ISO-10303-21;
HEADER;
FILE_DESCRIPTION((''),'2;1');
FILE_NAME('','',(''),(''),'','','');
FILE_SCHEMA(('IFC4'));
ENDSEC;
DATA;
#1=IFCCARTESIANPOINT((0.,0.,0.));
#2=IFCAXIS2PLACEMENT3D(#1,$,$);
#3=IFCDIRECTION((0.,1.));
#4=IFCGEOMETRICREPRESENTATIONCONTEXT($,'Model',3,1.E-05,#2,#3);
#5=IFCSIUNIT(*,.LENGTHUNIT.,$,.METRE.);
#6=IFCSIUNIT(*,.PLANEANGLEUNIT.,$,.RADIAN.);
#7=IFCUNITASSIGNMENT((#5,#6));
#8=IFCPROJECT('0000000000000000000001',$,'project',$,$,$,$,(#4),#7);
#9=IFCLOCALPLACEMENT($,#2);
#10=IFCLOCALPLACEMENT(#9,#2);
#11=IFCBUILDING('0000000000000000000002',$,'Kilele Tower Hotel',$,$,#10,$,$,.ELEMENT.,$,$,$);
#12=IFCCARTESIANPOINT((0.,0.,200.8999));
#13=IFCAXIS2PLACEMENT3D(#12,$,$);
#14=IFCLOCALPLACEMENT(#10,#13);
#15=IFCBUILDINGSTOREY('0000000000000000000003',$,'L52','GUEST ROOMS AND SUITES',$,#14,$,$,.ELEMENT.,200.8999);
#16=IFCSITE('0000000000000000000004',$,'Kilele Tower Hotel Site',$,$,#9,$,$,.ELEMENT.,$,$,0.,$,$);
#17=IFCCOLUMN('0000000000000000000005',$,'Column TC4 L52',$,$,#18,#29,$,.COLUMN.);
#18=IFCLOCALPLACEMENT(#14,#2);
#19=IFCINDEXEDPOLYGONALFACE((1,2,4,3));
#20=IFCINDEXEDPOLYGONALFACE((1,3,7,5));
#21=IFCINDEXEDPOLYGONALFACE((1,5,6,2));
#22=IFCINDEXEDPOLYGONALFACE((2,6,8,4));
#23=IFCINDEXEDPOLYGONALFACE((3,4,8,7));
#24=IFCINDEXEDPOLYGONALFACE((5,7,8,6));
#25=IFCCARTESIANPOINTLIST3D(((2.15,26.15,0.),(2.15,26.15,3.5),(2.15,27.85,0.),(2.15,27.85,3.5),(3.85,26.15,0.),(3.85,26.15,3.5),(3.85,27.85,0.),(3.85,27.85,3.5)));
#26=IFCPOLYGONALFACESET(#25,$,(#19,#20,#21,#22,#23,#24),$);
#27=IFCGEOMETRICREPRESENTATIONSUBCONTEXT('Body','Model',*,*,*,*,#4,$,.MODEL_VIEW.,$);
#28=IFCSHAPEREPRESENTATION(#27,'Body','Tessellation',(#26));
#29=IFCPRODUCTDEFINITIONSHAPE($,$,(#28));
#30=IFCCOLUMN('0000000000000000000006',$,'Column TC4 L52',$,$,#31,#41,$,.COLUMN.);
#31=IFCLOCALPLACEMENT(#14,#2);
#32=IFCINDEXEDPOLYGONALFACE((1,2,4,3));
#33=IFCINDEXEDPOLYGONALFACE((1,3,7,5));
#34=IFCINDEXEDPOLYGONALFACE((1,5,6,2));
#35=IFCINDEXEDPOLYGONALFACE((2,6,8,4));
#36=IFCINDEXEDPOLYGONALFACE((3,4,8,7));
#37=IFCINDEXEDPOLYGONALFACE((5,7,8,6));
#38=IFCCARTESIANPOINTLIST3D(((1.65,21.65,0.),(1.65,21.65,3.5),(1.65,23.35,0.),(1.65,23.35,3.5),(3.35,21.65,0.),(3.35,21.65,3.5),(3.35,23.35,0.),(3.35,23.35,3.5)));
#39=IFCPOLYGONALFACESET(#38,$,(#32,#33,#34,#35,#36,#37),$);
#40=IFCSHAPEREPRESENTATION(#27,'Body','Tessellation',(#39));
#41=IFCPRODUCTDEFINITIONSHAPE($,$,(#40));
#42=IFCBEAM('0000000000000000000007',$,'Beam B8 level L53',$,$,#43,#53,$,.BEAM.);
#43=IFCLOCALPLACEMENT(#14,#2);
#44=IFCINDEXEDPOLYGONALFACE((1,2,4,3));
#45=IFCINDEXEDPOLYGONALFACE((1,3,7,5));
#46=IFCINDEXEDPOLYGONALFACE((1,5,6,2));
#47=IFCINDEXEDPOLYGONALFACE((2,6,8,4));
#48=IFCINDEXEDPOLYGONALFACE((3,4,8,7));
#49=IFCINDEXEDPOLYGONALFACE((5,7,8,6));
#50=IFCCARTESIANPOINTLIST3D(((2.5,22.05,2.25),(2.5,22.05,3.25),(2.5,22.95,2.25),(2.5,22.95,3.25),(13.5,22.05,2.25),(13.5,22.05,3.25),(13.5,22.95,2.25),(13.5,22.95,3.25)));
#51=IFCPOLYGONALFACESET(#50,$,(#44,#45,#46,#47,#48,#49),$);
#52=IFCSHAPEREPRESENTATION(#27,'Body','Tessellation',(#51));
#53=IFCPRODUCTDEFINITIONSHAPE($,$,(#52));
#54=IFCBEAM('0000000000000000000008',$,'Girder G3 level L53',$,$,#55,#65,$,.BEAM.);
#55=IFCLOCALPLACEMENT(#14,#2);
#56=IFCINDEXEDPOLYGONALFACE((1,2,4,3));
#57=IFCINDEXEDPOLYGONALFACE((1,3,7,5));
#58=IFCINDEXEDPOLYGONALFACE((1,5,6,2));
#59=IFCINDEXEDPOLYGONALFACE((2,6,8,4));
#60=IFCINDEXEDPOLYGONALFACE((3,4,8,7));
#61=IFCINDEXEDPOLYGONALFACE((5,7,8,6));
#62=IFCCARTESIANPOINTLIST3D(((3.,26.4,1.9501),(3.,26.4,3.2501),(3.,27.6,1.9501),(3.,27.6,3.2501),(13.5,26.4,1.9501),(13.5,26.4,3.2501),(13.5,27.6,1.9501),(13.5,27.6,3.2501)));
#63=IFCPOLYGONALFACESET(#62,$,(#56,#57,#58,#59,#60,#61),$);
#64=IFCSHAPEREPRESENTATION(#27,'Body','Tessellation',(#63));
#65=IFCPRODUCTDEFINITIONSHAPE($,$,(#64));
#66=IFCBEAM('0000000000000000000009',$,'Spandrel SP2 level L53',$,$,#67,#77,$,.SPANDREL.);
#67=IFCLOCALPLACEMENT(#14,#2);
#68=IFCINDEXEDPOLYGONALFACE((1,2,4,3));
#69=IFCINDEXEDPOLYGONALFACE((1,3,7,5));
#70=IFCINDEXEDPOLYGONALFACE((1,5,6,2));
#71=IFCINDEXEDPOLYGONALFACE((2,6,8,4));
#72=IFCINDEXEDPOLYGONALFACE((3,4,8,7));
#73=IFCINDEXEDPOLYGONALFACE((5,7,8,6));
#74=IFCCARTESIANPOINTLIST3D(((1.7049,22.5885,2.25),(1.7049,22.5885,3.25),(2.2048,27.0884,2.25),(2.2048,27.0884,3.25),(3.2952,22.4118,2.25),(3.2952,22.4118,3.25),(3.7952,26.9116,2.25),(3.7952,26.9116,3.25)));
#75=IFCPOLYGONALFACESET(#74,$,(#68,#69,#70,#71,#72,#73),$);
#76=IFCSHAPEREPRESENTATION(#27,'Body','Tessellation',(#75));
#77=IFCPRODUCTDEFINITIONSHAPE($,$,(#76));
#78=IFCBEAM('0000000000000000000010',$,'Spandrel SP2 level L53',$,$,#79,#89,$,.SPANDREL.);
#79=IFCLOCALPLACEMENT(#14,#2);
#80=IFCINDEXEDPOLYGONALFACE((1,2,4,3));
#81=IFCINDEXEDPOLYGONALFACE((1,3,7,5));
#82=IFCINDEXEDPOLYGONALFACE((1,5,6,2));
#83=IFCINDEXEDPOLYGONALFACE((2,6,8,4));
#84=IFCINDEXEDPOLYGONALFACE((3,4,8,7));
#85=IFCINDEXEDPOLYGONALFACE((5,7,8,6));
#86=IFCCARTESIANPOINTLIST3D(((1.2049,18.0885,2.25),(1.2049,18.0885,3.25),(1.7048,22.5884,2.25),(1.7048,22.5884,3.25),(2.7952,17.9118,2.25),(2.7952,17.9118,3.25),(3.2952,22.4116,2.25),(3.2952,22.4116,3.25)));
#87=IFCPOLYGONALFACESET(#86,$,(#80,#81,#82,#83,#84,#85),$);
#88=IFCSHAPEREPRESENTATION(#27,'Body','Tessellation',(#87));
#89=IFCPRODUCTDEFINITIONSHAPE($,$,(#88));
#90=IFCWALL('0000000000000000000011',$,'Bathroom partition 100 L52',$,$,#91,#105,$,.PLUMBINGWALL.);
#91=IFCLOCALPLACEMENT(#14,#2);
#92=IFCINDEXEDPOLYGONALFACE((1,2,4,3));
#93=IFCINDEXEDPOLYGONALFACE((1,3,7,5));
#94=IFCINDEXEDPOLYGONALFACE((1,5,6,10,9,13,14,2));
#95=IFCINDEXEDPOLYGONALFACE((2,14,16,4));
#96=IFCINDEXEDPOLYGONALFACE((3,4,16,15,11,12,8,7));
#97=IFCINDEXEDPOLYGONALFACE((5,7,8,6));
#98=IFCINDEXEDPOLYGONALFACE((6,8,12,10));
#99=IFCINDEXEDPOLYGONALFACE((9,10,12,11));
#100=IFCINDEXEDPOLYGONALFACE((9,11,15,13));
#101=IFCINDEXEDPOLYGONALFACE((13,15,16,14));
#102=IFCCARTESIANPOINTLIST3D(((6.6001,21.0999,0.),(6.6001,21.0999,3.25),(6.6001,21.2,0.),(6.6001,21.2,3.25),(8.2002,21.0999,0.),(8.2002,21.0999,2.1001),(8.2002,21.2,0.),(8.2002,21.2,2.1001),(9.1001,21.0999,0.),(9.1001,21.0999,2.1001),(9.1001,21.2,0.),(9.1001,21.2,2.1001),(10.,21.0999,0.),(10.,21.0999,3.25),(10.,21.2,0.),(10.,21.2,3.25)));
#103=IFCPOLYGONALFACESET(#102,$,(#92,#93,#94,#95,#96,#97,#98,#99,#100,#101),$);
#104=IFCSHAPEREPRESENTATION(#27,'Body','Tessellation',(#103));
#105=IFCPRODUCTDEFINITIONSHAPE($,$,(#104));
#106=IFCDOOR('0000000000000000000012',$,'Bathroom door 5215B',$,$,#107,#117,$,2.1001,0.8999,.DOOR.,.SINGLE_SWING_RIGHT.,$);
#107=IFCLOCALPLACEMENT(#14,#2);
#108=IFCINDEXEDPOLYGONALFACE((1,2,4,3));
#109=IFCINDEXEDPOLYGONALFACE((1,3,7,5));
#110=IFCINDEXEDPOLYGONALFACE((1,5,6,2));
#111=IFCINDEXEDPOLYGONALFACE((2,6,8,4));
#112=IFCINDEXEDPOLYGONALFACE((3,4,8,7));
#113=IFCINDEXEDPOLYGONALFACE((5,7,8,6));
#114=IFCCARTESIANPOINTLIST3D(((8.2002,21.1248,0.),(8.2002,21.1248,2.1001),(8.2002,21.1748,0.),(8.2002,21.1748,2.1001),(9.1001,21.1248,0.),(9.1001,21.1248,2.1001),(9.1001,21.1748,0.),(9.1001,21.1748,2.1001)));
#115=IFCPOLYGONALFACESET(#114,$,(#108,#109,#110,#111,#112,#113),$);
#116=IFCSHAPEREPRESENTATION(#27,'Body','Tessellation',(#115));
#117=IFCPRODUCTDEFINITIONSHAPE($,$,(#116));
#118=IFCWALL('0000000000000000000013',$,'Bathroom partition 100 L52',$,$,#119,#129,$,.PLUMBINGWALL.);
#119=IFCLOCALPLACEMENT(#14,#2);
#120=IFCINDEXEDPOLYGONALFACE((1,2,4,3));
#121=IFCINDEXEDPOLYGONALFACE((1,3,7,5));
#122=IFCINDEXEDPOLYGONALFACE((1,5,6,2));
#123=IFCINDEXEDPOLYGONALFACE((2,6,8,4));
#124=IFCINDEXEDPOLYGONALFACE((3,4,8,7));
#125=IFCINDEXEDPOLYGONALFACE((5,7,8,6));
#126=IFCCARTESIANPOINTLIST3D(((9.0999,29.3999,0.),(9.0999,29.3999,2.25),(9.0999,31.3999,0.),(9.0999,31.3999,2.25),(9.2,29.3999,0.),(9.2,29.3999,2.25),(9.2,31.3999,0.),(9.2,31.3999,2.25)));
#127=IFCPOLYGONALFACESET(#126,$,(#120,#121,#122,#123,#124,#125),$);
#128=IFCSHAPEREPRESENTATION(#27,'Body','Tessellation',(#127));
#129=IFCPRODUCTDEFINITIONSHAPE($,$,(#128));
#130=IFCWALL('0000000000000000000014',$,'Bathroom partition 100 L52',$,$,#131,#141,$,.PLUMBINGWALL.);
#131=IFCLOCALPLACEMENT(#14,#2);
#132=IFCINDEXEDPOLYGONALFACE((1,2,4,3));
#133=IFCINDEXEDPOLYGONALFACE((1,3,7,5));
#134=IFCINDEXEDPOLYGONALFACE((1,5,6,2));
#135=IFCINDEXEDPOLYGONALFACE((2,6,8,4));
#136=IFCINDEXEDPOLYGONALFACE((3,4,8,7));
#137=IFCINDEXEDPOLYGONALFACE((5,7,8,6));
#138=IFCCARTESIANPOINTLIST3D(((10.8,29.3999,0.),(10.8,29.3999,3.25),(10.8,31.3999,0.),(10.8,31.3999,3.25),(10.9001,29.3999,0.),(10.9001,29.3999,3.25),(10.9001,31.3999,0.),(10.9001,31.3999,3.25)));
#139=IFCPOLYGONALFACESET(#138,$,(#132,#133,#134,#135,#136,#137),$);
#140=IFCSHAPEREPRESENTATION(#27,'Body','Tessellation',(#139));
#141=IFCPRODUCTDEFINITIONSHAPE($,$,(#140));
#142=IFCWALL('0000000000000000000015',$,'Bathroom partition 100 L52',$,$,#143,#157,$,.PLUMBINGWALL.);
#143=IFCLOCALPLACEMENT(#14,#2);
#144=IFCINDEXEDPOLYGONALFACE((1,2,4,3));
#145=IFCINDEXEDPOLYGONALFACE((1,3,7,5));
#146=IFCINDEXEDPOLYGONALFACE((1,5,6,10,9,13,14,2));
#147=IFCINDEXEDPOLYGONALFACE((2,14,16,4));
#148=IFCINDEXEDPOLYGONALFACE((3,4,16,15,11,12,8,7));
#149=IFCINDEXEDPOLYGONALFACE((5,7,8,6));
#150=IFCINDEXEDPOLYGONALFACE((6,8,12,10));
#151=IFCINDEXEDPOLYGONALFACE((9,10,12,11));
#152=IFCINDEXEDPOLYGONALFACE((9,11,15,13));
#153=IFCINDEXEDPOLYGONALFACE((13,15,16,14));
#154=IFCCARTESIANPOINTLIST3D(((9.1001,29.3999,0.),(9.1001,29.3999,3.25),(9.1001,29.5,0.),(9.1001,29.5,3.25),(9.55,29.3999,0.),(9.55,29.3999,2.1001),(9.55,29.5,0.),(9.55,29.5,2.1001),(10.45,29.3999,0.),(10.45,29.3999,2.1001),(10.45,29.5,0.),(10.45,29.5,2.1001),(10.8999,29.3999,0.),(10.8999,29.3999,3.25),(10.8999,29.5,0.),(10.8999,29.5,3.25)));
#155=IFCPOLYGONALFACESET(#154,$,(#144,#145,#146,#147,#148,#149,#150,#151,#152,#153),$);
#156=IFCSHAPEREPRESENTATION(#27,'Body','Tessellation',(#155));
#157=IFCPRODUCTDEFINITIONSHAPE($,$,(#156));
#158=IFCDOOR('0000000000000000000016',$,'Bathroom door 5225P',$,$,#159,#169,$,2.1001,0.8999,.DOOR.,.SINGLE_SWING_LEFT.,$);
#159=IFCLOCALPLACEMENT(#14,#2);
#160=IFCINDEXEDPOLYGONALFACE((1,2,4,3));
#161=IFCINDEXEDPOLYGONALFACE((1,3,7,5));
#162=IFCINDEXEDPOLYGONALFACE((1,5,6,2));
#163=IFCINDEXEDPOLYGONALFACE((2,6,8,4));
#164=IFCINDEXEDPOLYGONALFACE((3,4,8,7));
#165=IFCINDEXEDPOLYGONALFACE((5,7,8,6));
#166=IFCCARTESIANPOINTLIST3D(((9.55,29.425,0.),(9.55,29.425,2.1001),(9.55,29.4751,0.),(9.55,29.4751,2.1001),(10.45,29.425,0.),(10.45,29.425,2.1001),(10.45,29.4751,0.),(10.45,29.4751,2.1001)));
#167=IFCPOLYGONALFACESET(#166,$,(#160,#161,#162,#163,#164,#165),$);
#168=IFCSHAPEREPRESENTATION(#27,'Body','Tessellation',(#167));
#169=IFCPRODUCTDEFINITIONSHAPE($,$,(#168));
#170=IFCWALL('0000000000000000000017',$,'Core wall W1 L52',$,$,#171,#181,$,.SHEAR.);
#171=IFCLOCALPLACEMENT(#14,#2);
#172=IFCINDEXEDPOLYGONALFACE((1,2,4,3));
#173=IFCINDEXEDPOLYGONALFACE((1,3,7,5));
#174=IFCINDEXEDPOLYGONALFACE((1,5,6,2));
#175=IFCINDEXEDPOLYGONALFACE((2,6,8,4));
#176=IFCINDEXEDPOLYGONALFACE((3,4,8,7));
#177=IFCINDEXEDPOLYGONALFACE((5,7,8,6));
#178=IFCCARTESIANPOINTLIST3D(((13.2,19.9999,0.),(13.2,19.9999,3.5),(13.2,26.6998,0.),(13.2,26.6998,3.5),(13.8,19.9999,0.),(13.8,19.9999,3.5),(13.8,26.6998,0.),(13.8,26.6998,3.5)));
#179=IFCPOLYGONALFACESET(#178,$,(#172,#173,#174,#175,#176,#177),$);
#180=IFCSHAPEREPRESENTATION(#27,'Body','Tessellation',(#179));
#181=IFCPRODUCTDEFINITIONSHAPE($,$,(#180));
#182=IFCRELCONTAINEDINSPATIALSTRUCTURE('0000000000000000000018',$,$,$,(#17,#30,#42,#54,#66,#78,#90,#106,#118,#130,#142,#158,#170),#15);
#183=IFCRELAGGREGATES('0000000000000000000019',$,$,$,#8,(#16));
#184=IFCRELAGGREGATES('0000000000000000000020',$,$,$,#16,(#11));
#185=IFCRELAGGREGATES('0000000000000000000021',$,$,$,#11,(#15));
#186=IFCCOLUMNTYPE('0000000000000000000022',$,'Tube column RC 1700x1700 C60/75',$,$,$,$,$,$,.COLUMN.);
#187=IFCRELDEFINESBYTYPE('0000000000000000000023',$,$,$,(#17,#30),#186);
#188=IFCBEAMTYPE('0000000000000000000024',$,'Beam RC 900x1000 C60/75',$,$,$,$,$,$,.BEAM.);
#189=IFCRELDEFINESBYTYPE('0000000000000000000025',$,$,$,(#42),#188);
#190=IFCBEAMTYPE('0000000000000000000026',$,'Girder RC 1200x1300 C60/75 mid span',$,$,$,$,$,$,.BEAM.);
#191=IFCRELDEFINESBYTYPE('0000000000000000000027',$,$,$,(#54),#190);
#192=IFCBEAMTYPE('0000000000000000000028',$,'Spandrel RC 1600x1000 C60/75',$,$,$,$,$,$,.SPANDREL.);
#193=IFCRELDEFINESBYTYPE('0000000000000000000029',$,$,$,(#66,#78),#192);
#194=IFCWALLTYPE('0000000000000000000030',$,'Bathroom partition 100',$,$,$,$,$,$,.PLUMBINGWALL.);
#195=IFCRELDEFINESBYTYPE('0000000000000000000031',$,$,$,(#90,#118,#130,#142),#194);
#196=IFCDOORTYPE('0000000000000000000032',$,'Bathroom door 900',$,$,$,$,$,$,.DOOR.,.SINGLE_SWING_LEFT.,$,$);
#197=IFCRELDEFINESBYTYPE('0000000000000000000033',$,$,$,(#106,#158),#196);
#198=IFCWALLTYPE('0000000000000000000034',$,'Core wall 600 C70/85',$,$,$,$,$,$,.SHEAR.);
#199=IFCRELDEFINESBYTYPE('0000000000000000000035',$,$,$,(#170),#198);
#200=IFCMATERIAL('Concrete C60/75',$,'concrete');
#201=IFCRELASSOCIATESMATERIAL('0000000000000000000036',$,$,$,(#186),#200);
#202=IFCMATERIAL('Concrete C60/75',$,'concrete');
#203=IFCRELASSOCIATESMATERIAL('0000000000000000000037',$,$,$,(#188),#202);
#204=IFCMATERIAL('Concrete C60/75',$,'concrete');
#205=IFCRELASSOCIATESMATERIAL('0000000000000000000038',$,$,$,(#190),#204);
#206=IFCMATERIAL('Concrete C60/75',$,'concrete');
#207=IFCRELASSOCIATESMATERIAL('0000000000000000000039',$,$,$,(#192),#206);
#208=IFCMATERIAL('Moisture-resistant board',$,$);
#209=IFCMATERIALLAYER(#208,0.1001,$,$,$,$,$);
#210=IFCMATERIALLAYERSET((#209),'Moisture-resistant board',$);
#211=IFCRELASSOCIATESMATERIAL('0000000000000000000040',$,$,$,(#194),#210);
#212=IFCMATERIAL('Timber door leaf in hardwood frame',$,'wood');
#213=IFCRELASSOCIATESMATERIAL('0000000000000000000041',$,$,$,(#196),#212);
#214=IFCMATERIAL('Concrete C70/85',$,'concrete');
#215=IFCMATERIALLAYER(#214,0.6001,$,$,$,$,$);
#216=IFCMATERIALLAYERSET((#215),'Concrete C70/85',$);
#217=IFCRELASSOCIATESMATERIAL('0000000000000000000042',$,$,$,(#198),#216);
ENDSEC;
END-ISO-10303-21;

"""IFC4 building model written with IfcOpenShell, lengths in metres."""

from ifc_helpers import new_model, si_unit, direction, frame, frame_2d, origin, origin_2d, place, context, subcontext, project, spatial, rectangle, extrude, material, layer, layer_set, material_profile, profile_set, type_object, element, fill, save


model = new_model("IFC4")

# Units and contexts
model_context = context("Model", 3, precision=1e-05, world=origin(), true_north=direction((0.0, 1.0)))
body_context = subcontext(model_context, "Body", "Model", "MODEL_VIEW")
ifc_project = project(units=[si_unit("LENGTHUNIT", "METRE"), si_unit("PLANEANGLEUNIT", "RADIAN")], contexts=[model_context])

# Site, building, storey
site_placement = place(None, origin())
site = spatial("IfcSite", under=ifc_project, at=site_placement, Name="Kilele Tower Hotel Site", CompositionType="ELEMENT", RefElevation=0.0)
building_placement = place(site_placement, origin())
building = spatial("IfcBuilding", under=site, at=building_placement, Name="Kilele Tower Hotel", CompositionType="ELEMENT")
storey_placement = place(building_placement, frame((0.0, 0.0, 200.8999)))
storey = spatial("IfcBuildingStorey", under=building, at=storey_placement, Name="L52", Description="GUEST ROOMS AND SUITES", CompositionType="ELEMENT", Elevation=200.8999)

# Columns
ifc_material_1 = material(Name="Concrete C60/75", Category="concrete")
ifc_material_profile_1 = material_profile(ifc_material_1, rectangle(XDim=1.7, YDim=1.7, at=origin_2d()))
ifc_profile_set_1 = profile_set([ifc_material_profile_1], Name="Concrete C60/75")
column_type = type_object("IfcColumnType", Name="Tube column RC 1700x1700 C60/75", PredefinedType="COLUMN", material=ifc_profile_set_1)
for number, where, z_axis, x_axis, name in (
    (1, (3.0, 27.0, 0.0), (0.0, 0.0, 1.0), (1.0, 0.0, 0.0), "Column TC4 L52"),
    (2, (2.5, 22.5, 0.0), (0.0, 0.0, 1.0), (1.0, 0.0, 0.0), "Column TC4 L52"),
):
    element("IfcColumn", number, at=place(storey_placement, frame(where, z_axis=z_axis, x_axis=x_axis)), inside=storey, type_object=column_type, Name=name, PredefinedType="COLUMN", context=body_context, shape_type="SweptSolid", body=[
        extrude(rectangle(XDim=1.7, YDim=1.7, at=origin_2d()), origin(), (0.0, 0.0, 1.0), 3.5),
    ])

# Beams
ifc_material_2 = material(Name="Concrete C60/75", Category="concrete")
ifc_material_profile_2 = material_profile(ifc_material_2, rectangle(XDim=0.8999, YDim=1.0, at=origin_2d()))
ifc_profile_set_2 = profile_set([ifc_material_profile_2], Name="Concrete C60/75")
beam_type_1 = type_object("IfcBeamType", Name="Beam RC 900x1000 C60/75", PredefinedType="BEAM", material=ifc_profile_set_2)
beam_1_placement = place(storey_placement, frame((2.5, 22.5, 2.75), z_axis=(1.0, 0.0, 0.0), x_axis=(0.0, 1.0, 0.0)))
element("IfcBeam", 3, at=beam_1_placement, inside=storey, type_object=beam_type_1, Name="Beam B8 level L53", PredefinedType="BEAM", context=body_context, shape_type="SweptSolid", body=[
    extrude(rectangle(XDim=0.8999, YDim=1.0, at=origin_2d()), origin(), (0.0, 0.0, 1.0), 11.0),
])
ifc_material_3 = material(Name="Concrete C60/75", Category="concrete")
ifc_material_profile_3 = material_profile(ifc_material_3, rectangle(XDim=1.2, YDim=1.3, at=origin_2d()))
ifc_profile_set_3 = profile_set([ifc_material_profile_3], Name="Concrete C60/75")
beam_type_2 = type_object("IfcBeamType", Name="Girder RC 1200x1300 C60/75 mid span", PredefinedType="BEAM", material=ifc_profile_set_3)
beam_2_placement = place(storey_placement, frame((3.0, 27.0, 2.6001), z_axis=(1.0, 0.0, 0.0), x_axis=(0.0, 1.0, 0.0)))
element("IfcBeam", 4, at=beam_2_placement, inside=storey, type_object=beam_type_2, Name="Girder G3 level L53", PredefinedType="BEAM", context=body_context, shape_type="SweptSolid", body=[
    extrude(rectangle(XDim=1.2, YDim=1.3, at=origin_2d()), origin(), (0.0, 0.0, 1.0), 10.5),
])
ifc_material_4 = material(Name="Concrete C60/75", Category="concrete")
ifc_material_profile_4 = material_profile(ifc_material_4, rectangle(XDim=1.6001, YDim=1.0, at=origin_2d()))
ifc_profile_set_4 = profile_set([ifc_material_profile_4], Name="Concrete C60/75")
beam_type_3 = type_object("IfcBeamType", Name="Spandrel RC 1600x1000 C60/75", PredefinedType="SPANDREL", material=ifc_profile_set_4)
for number, where, z_axis, x_axis, name in (
    (5, (3.0, 27.0, 2.75), (-0.110432, -0.993884, 0.0), (0.993884, -0.110432, 0.0), "Spandrel SP2 level L53"),
    (6, (2.5, 22.5, 2.75), (-0.110432, -0.993884, 0.0), (0.993884, -0.110432, 0.0), "Spandrel SP2 level L53"),
):
    element("IfcBeam", number, at=place(storey_placement, frame(where, z_axis=z_axis, x_axis=x_axis)), inside=storey, type_object=beam_type_3, Name=name, PredefinedType="SPANDREL", context=body_context, shape_type="SweptSolid", body=[
        extrude(rectangle(XDim=1.6001, YDim=1.0, at=origin_2d()), origin(), (0.0, 0.0, 1.0), 4.5276),
    ])

# Wall, opening, door
ifc_material_5 = material(Name="Moisture-resistant board")
ifc_layer_1 = layer(ifc_material_5, 0.1001)
ifc_layer_set_1 = layer_set([ifc_layer_1], Name="Moisture-resistant board")
wall_type_1 = type_object("IfcWallType", Name="Bathroom partition 100", PredefinedType="PLUMBINGWALL", material=ifc_layer_set_1)
wall_1_placement = place(storey_placement, frame((10.0, 21.1499, 0.0), z_axis=(0.0, 0.0, 1.0), x_axis=(-1.0, 0.0, 0.0)))
wall_1 = element("IfcWall", 7, at=wall_1_placement, inside=storey, type_object=wall_type_1, Name="Bathroom partition 100 L52", PredefinedType="PLUMBINGWALL", context=body_context, shape_type="SweptSolid", body=[
    extrude(rectangle(XDim=3.3999, YDim=0.1001, at=frame_2d((1.7, 0.0))), origin(), (0.0, 0.0, 1.0), 3.25),
])
opening_1_placement = place(wall_1_placement, frame((1.7998, 0.0, 0.0), z_axis=(0.0, 0.0, 1.0), x_axis=(-1.0, 0.0, 0.0)))
opening_1 = element("IfcOpeningElement", 8, at=opening_1_placement, cuts=wall_1, PredefinedType="OPENING", context=body_context, shape_type="SweptSolid", body=[
    extrude(rectangle(XDim=0.8999, YDim=2.1001, at=frame_2d((0.45, 1.05))), frame((0.0, 0.0601, 0.0), z_axis=(0.0, -1.0, 0.0), x_axis=(1.0, 0.0, 0.0)), (0.0, 0.0, 1.0), 0.1201),
])
ifc_material_6 = material(Name="Timber door leaf in hardwood frame", Category="wood")
door_type_1 = type_object("IfcDoorType", Name="Bathroom door 900", OperationType="SINGLE_SWING_LEFT", PredefinedType="DOOR", material=ifc_material_6)
door_1_placement = place(opening_1_placement, origin())
door_1 = element("IfcDoor", 9, at=door_1_placement, inside=storey, type_object=door_type_1, Name="Bathroom door 5215B", OperationType="SINGLE_SWING_RIGHT", OverallHeight=2.1001, OverallWidth=0.8999, PredefinedType="DOOR", context=body_context, shape_type="SweptSolid", body=[
    extrude(rectangle(XDim=0.8999, YDim=2.1001, at=frame_2d((0.45, 1.05))), frame((0.0, 0.0249, 0.0), z_axis=(0.0, -1.0, 0.0), x_axis=(1.0, 0.0, 0.0)), (0.0, 0.0, 1.0), 0.05),
])
fill(opening_1, door_1)

# Walls
wall_2_placement = place(storey_placement, frame((9.1499, 31.3999, 0.0), z_axis=(0.0, 0.0, 1.0), x_axis=(0.0, -1.0, 0.0)))
element("IfcWall", 10, at=wall_2_placement, inside=storey, type_object=wall_type_1, Name="Bathroom partition 100 L52", PredefinedType="PLUMBINGWALL", context=body_context, shape_type="SweptSolid", body=[
    extrude(rectangle(XDim=2.0, YDim=0.1001, at=frame_2d((1.0, 0.0))), origin(), (0.0, 0.0, 1.0), 2.25),
])
wall_3_placement = place(storey_placement, frame((10.8501, 31.3999, 0.0), z_axis=(0.0, 0.0, 1.0), x_axis=(0.0, -1.0, 0.0)))
element("IfcWall", 11, at=wall_3_placement, inside=storey, type_object=wall_type_1, Name="Bathroom partition 100 L52", PredefinedType="PLUMBINGWALL", context=body_context, shape_type="SweptSolid", body=[
    extrude(rectangle(XDim=2.0, YDim=0.1001, at=frame_2d((1.0, 0.0))), origin(), (0.0, 0.0, 1.0), 3.25),
])

# Wall, opening, door
wall_4_placement = place(storey_placement, frame((10.8999, 29.45, 0.0), z_axis=(0.0, 0.0, 1.0), x_axis=(-1.0, 0.0, 0.0)))
wall_4 = element("IfcWall", 12, at=wall_4_placement, inside=storey, type_object=wall_type_1, Name="Bathroom partition 100 L52", PredefinedType="PLUMBINGWALL", context=body_context, shape_type="SweptSolid", body=[
    extrude(rectangle(XDim=1.7998, YDim=0.1001, at=frame_2d((0.8999, 0.0))), origin(), (0.0, 0.0, 1.0), 3.25),
])
opening_2_placement = place(wall_4_placement, frame((0.45, 0.0, 0.0)))
opening_2 = element("IfcOpeningElement", 13, at=opening_2_placement, cuts=wall_4, PredefinedType="OPENING", context=body_context, shape_type="SweptSolid", body=[
    extrude(rectangle(XDim=0.8999, YDim=2.1001, at=frame_2d((0.45, 1.05))), frame((0.0, 0.0601, 0.0), z_axis=(0.0, -1.0, 0.0), x_axis=(1.0, 0.0, 0.0)), (0.0, 0.0, 1.0), 0.1201),
])
door_2_placement = place(opening_2_placement, origin())
door_2 = element("IfcDoor", 14, at=door_2_placement, inside=storey, type_object=door_type_1, Name="Bathroom door 5225P", OperationType="SINGLE_SWING_LEFT", OverallHeight=2.1001, OverallWidth=0.8999, PredefinedType="DOOR", context=body_context, shape_type="SweptSolid", body=[
    extrude(rectangle(XDim=0.8999, YDim=2.1001, at=frame_2d((0.45, 1.05))), frame((0.0, 0.0249, 0.0), z_axis=(0.0, -1.0, 0.0), x_axis=(1.0, 0.0, 0.0)), (0.0, 0.0, 1.0), 0.05),
])
fill(opening_2, door_2)

# Wall
ifc_material_7 = material(Name="Concrete C70/85", Category="concrete")
ifc_layer_2 = layer(ifc_material_7, 0.6001)
ifc_layer_set_2 = layer_set([ifc_layer_2], Name="Concrete C70/85")
wall_type_2 = type_object("IfcWallType", Name="Core wall 600 C70/85", PredefinedType="SHEAR", material=ifc_layer_set_2)
wall_5_placement = place(storey_placement, frame((13.5, 26.7, 0.0), z_axis=(0.0, 0.0, 1.0), x_axis=(0.0, -1.0, 0.0)))
element("IfcWall", 15, at=wall_5_placement, inside=storey, type_object=wall_type_2, Name="Core wall W1 L52", PredefinedType="SHEAR", context=body_context, shape_type="SweptSolid", body=[
    extrude(rectangle(XDim=6.7, YDim=0.6001, at=frame_2d((3.3501, 0.0))), origin(), (0.0, 0.0, 1.0), 3.5),
])

save(model, "model.ifc")
